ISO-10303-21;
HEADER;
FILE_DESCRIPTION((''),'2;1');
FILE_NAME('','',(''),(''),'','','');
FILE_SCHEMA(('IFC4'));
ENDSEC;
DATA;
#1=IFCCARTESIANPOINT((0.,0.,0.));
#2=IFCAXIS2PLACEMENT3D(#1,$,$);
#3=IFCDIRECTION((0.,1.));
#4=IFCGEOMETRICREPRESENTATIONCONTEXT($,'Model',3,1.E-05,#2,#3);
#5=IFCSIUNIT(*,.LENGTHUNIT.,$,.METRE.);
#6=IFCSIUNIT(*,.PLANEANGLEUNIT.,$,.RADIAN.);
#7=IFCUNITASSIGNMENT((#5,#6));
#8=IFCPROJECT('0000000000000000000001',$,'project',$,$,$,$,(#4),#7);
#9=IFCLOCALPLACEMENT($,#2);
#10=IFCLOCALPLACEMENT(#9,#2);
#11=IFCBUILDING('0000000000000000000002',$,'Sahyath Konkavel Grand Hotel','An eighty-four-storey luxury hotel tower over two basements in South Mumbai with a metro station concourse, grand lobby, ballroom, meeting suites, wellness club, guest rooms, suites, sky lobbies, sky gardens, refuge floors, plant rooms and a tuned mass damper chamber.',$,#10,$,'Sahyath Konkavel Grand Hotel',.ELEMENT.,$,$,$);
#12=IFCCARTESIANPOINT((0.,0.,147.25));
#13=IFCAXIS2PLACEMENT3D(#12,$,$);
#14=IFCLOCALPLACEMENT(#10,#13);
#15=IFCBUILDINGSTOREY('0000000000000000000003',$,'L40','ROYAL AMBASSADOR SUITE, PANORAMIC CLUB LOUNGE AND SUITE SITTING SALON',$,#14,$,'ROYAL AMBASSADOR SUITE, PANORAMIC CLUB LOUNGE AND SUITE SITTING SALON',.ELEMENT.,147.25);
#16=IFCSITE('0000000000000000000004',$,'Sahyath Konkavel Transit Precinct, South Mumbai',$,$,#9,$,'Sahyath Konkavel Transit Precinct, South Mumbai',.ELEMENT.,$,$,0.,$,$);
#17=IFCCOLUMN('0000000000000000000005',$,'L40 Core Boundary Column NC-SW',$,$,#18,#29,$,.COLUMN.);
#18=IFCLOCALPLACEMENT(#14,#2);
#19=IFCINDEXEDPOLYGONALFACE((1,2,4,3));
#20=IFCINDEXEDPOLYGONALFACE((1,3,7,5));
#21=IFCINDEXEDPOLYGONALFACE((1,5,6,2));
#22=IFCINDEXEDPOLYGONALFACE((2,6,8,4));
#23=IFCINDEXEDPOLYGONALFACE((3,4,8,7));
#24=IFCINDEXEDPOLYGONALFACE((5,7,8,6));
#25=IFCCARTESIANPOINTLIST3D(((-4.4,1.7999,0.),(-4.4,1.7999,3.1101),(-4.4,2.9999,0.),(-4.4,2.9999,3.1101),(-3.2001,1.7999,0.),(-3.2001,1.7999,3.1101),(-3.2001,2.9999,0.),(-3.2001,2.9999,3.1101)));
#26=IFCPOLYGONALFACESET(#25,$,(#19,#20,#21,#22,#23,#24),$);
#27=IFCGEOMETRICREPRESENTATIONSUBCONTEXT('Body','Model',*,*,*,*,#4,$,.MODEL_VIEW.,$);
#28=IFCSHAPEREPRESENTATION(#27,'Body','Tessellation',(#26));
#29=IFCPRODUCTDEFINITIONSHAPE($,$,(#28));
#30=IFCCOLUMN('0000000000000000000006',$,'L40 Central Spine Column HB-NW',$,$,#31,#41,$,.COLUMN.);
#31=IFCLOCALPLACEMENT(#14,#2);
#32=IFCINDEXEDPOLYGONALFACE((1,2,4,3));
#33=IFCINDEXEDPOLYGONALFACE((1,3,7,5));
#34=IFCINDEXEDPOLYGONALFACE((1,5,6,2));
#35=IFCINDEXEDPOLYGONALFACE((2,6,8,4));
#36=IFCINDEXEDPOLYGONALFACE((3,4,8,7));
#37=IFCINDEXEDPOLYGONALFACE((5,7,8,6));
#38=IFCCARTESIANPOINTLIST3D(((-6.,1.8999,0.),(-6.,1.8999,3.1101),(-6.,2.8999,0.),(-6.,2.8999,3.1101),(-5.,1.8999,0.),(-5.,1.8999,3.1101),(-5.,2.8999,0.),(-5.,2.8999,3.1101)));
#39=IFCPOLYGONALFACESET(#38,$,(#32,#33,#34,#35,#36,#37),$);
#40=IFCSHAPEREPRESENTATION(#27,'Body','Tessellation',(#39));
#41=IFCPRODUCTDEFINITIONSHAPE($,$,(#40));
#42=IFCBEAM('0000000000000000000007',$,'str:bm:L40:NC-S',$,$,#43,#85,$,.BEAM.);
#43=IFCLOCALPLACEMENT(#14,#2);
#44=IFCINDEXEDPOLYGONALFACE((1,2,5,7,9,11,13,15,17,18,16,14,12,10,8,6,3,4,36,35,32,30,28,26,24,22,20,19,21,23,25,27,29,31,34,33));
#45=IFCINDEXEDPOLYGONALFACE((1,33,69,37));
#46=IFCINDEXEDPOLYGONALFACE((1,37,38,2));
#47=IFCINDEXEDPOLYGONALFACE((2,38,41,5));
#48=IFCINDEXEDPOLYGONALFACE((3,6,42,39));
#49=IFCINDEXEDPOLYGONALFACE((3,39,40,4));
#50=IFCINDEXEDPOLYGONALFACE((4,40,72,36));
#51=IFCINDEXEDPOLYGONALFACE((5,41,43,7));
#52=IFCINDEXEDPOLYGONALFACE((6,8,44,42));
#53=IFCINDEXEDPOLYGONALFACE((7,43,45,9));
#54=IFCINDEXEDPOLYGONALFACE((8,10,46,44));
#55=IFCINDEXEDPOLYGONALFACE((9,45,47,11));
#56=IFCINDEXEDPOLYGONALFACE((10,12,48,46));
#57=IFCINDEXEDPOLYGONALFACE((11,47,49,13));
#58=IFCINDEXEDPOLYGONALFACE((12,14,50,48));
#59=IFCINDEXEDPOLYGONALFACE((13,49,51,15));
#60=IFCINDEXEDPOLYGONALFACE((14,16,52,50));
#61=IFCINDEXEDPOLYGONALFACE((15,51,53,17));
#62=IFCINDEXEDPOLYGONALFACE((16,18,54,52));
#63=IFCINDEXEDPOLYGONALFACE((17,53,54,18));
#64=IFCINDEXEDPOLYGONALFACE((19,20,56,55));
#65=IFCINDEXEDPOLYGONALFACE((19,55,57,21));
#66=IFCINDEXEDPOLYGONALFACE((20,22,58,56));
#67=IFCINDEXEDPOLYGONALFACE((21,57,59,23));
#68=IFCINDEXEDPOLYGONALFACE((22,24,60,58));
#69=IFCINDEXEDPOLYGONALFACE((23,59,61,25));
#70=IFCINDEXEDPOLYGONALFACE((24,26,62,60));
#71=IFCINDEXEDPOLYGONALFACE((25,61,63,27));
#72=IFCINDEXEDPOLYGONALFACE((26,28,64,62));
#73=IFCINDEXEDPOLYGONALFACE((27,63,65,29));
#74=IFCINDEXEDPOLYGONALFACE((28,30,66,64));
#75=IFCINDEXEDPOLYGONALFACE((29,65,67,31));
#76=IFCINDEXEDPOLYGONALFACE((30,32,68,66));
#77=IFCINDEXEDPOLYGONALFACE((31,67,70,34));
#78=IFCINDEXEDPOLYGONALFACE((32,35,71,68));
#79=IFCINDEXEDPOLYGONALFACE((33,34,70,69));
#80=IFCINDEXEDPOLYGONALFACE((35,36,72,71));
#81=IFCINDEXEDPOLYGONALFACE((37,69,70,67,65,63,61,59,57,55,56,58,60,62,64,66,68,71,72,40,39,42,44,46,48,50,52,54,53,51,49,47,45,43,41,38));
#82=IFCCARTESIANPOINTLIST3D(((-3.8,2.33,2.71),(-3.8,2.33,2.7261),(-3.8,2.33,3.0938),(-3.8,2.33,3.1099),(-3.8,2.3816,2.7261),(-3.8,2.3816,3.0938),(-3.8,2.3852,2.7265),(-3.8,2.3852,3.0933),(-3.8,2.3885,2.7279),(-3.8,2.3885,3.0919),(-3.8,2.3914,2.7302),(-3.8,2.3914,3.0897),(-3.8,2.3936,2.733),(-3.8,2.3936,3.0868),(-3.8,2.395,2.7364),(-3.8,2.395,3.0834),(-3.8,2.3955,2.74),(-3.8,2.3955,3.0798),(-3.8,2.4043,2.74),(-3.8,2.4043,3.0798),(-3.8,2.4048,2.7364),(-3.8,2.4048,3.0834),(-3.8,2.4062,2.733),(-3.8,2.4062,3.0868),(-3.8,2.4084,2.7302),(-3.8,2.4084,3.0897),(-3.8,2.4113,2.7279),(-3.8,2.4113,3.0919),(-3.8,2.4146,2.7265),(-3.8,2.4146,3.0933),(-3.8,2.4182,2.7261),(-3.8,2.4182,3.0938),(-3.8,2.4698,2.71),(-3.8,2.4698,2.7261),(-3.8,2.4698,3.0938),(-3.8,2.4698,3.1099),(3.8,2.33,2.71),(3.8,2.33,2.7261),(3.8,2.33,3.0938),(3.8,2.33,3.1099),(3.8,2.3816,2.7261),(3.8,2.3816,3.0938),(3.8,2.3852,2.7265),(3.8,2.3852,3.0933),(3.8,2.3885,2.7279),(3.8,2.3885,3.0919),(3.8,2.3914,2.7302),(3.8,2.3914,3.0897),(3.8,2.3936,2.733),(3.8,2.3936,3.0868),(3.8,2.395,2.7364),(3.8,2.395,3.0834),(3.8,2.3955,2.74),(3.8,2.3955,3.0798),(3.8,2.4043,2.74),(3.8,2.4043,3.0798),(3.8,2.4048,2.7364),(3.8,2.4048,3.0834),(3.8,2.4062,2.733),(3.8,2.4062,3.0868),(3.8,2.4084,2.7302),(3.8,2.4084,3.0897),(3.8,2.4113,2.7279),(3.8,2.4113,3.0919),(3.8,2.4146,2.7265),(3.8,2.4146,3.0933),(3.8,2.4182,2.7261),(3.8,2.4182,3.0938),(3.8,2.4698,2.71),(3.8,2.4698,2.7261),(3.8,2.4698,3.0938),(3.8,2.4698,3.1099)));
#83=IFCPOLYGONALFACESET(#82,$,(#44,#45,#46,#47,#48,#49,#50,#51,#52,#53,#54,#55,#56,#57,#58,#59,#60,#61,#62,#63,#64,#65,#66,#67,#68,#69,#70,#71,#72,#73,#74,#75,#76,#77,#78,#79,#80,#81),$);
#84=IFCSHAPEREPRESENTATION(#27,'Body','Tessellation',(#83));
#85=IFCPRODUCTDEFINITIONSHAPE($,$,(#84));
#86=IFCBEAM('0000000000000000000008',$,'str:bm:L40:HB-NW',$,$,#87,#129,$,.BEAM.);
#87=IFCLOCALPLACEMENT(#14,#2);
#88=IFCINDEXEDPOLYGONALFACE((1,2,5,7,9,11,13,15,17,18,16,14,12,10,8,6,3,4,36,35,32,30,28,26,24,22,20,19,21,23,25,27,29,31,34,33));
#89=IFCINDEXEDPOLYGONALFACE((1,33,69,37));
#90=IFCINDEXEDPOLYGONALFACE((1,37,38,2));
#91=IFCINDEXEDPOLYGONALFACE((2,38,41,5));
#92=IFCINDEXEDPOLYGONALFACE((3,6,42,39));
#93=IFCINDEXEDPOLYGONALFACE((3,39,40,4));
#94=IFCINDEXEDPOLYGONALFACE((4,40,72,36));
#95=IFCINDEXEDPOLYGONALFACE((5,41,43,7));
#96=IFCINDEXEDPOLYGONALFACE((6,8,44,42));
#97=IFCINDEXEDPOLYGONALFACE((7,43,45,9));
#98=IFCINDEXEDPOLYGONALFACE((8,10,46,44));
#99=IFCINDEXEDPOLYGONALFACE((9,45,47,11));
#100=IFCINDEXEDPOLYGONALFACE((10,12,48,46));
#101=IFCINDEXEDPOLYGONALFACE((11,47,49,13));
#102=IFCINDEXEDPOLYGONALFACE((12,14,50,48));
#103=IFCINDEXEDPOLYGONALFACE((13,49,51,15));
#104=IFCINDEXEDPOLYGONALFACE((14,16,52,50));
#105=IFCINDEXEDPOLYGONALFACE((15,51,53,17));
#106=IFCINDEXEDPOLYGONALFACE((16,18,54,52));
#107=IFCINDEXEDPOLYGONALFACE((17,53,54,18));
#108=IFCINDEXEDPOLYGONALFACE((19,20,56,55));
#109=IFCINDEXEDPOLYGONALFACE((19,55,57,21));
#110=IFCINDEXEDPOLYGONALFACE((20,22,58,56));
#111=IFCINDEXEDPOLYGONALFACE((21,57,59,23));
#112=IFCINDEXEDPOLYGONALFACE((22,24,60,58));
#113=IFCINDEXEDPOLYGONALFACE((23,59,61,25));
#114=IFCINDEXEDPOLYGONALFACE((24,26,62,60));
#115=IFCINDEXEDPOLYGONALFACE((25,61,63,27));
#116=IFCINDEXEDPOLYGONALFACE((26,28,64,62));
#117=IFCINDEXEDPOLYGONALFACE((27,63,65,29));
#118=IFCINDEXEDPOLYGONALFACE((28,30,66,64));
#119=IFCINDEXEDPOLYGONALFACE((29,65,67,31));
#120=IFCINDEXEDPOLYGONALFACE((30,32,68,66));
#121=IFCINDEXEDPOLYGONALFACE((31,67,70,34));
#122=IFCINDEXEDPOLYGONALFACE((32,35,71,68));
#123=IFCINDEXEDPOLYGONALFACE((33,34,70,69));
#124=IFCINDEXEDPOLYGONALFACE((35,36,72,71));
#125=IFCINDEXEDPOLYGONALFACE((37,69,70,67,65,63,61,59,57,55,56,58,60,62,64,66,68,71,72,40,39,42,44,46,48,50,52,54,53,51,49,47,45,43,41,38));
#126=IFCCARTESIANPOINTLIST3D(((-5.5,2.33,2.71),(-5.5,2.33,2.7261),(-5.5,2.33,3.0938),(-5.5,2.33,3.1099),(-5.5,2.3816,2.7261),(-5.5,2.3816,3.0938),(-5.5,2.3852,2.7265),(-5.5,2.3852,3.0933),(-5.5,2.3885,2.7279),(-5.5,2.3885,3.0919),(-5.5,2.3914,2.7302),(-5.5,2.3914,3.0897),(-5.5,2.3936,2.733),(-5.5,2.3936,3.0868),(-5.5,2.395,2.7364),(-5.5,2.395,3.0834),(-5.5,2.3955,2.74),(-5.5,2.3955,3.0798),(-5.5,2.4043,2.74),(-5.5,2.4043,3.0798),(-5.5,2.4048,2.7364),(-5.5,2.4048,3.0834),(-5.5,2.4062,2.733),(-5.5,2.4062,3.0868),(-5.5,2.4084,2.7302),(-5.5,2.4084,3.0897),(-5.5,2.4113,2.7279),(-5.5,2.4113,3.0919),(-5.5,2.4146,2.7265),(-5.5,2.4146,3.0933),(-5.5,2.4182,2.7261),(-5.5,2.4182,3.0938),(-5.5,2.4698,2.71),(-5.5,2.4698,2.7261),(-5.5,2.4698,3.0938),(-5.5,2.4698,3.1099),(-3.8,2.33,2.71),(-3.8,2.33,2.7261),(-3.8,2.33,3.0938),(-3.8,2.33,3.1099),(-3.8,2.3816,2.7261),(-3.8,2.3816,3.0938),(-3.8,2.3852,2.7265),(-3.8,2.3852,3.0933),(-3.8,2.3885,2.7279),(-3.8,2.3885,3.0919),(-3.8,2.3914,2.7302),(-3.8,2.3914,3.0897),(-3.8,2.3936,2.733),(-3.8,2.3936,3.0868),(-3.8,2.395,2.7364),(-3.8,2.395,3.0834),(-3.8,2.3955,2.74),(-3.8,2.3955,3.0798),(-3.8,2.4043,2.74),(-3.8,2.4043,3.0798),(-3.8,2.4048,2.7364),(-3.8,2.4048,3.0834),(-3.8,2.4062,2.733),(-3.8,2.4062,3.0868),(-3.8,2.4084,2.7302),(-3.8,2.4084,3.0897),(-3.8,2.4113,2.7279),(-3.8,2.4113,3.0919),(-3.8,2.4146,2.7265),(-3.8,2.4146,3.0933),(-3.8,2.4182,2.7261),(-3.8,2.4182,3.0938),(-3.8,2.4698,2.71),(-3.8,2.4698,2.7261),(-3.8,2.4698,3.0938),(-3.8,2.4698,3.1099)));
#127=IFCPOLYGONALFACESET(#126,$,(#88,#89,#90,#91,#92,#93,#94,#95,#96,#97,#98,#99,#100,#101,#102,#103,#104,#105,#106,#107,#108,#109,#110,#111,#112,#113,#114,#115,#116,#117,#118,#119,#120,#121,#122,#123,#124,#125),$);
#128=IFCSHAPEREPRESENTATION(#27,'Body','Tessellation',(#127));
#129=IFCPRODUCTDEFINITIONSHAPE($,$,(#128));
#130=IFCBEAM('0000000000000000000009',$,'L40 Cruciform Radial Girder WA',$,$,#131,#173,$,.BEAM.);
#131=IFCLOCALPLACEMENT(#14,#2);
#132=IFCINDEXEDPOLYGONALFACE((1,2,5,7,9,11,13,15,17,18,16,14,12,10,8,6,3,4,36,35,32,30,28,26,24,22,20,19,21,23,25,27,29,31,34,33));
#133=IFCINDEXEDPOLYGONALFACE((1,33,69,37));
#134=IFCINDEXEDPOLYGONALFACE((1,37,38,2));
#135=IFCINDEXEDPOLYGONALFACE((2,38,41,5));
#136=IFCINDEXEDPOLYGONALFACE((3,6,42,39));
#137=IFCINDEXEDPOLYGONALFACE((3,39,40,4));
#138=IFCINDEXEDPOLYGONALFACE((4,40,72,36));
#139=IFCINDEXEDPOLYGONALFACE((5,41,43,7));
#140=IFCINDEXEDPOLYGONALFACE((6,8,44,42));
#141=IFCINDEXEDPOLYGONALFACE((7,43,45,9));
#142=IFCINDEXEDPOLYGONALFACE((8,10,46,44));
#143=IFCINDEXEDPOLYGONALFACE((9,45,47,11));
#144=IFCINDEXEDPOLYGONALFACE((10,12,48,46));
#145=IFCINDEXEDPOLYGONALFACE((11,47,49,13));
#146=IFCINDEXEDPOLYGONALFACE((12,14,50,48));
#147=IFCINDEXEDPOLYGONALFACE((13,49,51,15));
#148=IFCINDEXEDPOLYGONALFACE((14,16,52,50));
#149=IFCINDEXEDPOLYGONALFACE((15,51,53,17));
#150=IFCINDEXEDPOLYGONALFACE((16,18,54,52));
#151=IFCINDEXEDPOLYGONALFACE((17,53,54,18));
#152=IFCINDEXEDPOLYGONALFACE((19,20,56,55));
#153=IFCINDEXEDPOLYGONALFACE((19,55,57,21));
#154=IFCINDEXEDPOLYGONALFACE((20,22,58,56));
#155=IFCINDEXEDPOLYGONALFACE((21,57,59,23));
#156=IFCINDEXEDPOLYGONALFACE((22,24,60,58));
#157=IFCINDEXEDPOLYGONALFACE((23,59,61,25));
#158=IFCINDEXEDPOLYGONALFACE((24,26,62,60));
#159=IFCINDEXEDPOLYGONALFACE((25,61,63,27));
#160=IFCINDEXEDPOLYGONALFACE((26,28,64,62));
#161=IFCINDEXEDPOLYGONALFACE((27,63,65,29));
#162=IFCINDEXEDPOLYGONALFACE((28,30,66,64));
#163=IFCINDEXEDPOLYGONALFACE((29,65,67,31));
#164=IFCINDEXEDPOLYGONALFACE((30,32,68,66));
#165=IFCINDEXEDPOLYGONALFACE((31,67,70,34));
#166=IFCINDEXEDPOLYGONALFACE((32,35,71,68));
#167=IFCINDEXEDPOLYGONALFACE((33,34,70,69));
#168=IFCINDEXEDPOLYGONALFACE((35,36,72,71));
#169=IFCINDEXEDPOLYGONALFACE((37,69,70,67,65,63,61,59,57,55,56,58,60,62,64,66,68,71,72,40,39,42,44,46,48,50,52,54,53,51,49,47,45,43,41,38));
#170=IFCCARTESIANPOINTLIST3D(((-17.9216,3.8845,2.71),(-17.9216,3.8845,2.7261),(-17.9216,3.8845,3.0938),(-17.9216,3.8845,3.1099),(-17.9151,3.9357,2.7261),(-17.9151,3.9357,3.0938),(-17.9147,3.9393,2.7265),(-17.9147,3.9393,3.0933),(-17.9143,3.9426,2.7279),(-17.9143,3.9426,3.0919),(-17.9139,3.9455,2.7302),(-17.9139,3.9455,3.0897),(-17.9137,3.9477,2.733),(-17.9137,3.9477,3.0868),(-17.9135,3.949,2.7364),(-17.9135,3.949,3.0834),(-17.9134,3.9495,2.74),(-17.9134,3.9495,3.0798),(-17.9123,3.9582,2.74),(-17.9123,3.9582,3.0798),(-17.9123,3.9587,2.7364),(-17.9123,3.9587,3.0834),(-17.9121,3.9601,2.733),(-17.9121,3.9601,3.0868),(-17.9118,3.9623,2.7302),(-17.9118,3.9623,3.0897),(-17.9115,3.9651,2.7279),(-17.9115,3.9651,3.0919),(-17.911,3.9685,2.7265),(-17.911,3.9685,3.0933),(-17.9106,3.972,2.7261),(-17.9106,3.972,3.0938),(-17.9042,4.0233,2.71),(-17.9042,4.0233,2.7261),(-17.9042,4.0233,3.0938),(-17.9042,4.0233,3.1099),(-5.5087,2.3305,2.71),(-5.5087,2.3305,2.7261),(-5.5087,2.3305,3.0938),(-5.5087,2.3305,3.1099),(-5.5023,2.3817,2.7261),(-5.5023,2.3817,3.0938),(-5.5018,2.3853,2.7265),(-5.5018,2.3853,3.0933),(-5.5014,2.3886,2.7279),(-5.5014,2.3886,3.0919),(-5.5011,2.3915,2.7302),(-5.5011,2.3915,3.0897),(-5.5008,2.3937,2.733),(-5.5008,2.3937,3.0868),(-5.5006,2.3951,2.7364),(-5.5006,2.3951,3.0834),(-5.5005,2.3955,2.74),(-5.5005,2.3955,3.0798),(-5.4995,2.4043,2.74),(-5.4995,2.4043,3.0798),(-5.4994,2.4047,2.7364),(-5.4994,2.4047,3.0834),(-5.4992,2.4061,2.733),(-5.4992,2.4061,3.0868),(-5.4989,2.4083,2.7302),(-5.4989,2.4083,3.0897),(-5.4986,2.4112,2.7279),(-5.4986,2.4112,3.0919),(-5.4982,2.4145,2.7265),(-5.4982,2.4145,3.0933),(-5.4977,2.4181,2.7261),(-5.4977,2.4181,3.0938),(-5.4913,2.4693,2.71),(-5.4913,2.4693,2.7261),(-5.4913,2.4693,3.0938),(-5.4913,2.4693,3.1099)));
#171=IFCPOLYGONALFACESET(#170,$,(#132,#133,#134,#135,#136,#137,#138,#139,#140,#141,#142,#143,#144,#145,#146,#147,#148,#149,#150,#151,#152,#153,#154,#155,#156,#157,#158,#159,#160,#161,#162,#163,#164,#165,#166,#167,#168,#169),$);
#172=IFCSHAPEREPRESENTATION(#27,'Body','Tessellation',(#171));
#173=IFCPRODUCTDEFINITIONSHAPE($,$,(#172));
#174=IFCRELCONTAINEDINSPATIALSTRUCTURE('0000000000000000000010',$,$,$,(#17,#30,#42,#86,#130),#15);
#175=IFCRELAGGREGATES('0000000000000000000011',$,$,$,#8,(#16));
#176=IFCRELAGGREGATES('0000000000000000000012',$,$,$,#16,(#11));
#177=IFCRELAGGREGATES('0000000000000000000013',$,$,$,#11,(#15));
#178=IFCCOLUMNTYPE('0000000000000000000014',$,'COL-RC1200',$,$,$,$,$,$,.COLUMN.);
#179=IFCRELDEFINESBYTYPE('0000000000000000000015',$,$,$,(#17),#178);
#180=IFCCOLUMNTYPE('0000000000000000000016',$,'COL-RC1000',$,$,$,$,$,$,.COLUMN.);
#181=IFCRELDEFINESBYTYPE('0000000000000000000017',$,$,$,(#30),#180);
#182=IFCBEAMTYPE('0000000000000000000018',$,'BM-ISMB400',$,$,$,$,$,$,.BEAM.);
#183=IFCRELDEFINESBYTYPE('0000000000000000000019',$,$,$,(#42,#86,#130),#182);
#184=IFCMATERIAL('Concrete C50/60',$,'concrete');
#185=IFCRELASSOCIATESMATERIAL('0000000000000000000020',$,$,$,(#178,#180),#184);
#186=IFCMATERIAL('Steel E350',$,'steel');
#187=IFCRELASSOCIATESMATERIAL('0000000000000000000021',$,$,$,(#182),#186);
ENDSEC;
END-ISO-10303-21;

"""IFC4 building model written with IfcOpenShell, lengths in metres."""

from ifc_helpers import new_model, si_unit, direction, frame, origin, origin_2d, place, context, subcontext, project, spatial, rectangle, i_section, extrude, source, transform, mapped, material, material_profile, profile_set, type_object, element, save


model = new_model("IFC4")

# Units and contexts
model_context = context("Model", 3, precision=1e-05, world=origin(), true_north=direction((0.0, 1.0)))
body_context = subcontext(model_context, "Body", "Model", "MODEL_VIEW")
ifc_project = project(units=[si_unit("LENGTHUNIT", "METRE"), si_unit("PLANEANGLEUNIT", "RADIAN")], contexts=[model_context])

# Site, building, storey
site_placement = place(None, origin())
site = spatial("IfcSite", under=ifc_project, at=site_placement, Name="Sahyath Konkavel Transit Precinct, South Mumbai", LongName="Sahyath Konkavel Transit Precinct, South Mumbai", CompositionType="ELEMENT", RefElevation=0.0)
building_placement = place(site_placement, origin())
building = spatial("IfcBuilding", under=site, at=building_placement, Name="Sahyath Konkavel Grand Hotel", Description="An eighty-four-storey luxury hotel tower over two basements in South Mumbai with a metro station concourse, grand lobby, ballroom, meeting suites, wellness club, guest rooms, suites, sky lobbies, sky gardens, refuge floors, plant rooms and a tuned mass damper chamber.", LongName="Sahyath Konkavel Grand Hotel", CompositionType="ELEMENT")
storey_placement = place(building_placement, frame((0.0, 0.0, 147.25)))
storey = spatial("IfcBuildingStorey", under=building, at=storey_placement, Name="L40", Description="ROYAL AMBASSADOR SUITE, PANORAMIC CLUB LOUNGE AND SUITE SITTING SALON", LongName="ROYAL AMBASSADOR SUITE, PANORAMIC CLUB LOUNGE AND SUITE SITTING SALON", CompositionType="ELEMENT", Elevation=147.25)

# Columns
ifc_material_1 = material(Name="Concrete C50/60", Category="concrete")
ifc_material_profile_1 = material_profile(ifc_material_1, rectangle(XDim=1.2, YDim=1.2, at=origin_2d()), Name="RC 1200x1200")
ifc_profile_set_1 = profile_set([ifc_material_profile_1], Name="Concrete C50/60")
column_type_1 = type_object("IfcColumnType", Name="COL-RC1200", PredefinedType="COLUMN", material=ifc_profile_set_1)
shared_shape_1 = source(origin(), body_context, "Body", "SweptSolid", [
    extrude(rectangle(XDim=1.2, YDim=1.2, at=origin_2d()), origin(), (0.0, 0.0, 1.0), 3.1101),
])
column_1_placement = place(storey_placement, frame((-3.8, 2.3999, 0.0), z_axis=(0.0, 0.0, 1.0), x_axis=(1.0, 0.0, 0.0)))
element("IfcColumn", 1, at=column_1_placement, inside=storey, type_object=column_type_1, Name="L40 Core Boundary Column NC-SW", PredefinedType="COLUMN", context=body_context, shape_type="MappedRepresentation", body=[
    mapped(shared_shape_1, transform((0.0, 0.0, 0.0), scale=1.0)),
])
ifc_material_profile_2 = material_profile(ifc_material_1, rectangle(XDim=1.0, YDim=1.0, at=origin_2d()), Name="RC 1000x1000")
ifc_profile_set_2 = profile_set([ifc_material_profile_2], Name="Concrete C50/60")
column_type_2 = type_object("IfcColumnType", Name="COL-RC1000", PredefinedType="COLUMN", material=ifc_profile_set_2)
shared_shape_2 = source(origin(), body_context, "Body", "SweptSolid", [
    extrude(rectangle(XDim=1.0, YDim=1.0, at=origin_2d()), origin(), (0.0, 0.0, 1.0), 3.1101),
])
column_2_placement = place(storey_placement, frame((-5.5, 2.3999, 0.0), z_axis=(0.0, 0.0, 1.0), x_axis=(1.0, 0.0, 0.0)))
element("IfcColumn", 2, at=column_2_placement, inside=storey, type_object=column_type_2, Name="L40 Central Spine Column HB-NW", PredefinedType="COLUMN", context=body_context, shape_type="MappedRepresentation", body=[
    mapped(shared_shape_2, transform((0.0, 0.0, 0.0), scale=1.0)),
])

# Beams
ifc_material_2 = material(Name="Steel E350", Category="steel")
ifc_material_profile_3 = material_profile(ifc_material_2, i_section(OverallWidth=0.1399, OverallDepth=0.3999, WebThickness=0.0088, FlangeThickness=0.0161, FilletRadius=0.0139, at=origin_2d()), Name="ISMB 400")
ifc_profile_set_3 = profile_set([ifc_material_profile_3], Name="Steel E350")
beam_type = type_object("IfcBeamType", Name="BM-ISMB400", PredefinedType="BEAM", material=ifc_profile_set_3)
shared_shape_3 = source(origin(), body_context, "Body", "SweptSolid", [
    extrude(i_section(OverallWidth=0.1399, OverallDepth=0.3999, WebThickness=0.0088, FlangeThickness=0.0161, FilletRadius=0.0139, at=origin_2d()), origin(), (0.0, 0.0, 1.0), 7.6001),
])
beam_1_placement = place(storey_placement, frame((-3.8, 2.3999, 2.9099), z_axis=(1.0, 0.0, 0.0), x_axis=(0.0, 1.0, 0.0)))
element("IfcBeam", 3, at=beam_1_placement, inside=storey, type_object=beam_type, Name="str:bm:L40:NC-S", PredefinedType="BEAM", context=body_context, shape_type="MappedRepresentation", body=[
    mapped(shared_shape_3, transform((0.0, 0.0, 0.0), scale=1.0)),
])
shared_shape_4 = source(origin(), body_context, "Body", "SweptSolid", [
    extrude(i_section(OverallWidth=0.1399, OverallDepth=0.3999, WebThickness=0.0088, FlangeThickness=0.0161, FilletRadius=0.0139, at=origin_2d()), origin(), (0.0, 0.0, 1.0), 1.7),
])
beam_2_placement = place(storey_placement, frame((-5.5, 2.3999, 2.9099), z_axis=(1.0, 0.0, 0.0), x_axis=(0.0, 1.0, 0.0)))
element("IfcBeam", 4, at=beam_2_placement, inside=storey, type_object=beam_type, Name="str:bm:L40:HB-NW", PredefinedType="BEAM", context=body_context, shape_type="MappedRepresentation", body=[
    mapped(shared_shape_4, transform((0.0, 0.0, 0.0), scale=1.0)),
])
shared_shape_5 = source(origin(), body_context, "Body", "SweptSolid", [
    extrude(i_section(OverallWidth=0.1399, OverallDepth=0.3999, WebThickness=0.0088, FlangeThickness=0.0161, FilletRadius=0.0139, at=origin_2d()), origin(), (0.0, 0.0, 1.0), 12.5098),
])
beam_3_placement = place(storey_placement, frame((-5.5, 2.3999, 2.9099), z_axis=(-0.992255, 0.12422, 0.0), x_axis=(-0.12422, -0.992255, 0.0)))
element("IfcBeam", 5, at=beam_3_placement, inside=storey, type_object=beam_type, Name="L40 Cruciform Radial Girder WA", PredefinedType="BEAM", context=body_context, shape_type="MappedRepresentation", body=[
    mapped(shared_shape_5, transform((0.0, 0.0, 0.0), scale=1.0)),
])

save(model, "model.ifc")
